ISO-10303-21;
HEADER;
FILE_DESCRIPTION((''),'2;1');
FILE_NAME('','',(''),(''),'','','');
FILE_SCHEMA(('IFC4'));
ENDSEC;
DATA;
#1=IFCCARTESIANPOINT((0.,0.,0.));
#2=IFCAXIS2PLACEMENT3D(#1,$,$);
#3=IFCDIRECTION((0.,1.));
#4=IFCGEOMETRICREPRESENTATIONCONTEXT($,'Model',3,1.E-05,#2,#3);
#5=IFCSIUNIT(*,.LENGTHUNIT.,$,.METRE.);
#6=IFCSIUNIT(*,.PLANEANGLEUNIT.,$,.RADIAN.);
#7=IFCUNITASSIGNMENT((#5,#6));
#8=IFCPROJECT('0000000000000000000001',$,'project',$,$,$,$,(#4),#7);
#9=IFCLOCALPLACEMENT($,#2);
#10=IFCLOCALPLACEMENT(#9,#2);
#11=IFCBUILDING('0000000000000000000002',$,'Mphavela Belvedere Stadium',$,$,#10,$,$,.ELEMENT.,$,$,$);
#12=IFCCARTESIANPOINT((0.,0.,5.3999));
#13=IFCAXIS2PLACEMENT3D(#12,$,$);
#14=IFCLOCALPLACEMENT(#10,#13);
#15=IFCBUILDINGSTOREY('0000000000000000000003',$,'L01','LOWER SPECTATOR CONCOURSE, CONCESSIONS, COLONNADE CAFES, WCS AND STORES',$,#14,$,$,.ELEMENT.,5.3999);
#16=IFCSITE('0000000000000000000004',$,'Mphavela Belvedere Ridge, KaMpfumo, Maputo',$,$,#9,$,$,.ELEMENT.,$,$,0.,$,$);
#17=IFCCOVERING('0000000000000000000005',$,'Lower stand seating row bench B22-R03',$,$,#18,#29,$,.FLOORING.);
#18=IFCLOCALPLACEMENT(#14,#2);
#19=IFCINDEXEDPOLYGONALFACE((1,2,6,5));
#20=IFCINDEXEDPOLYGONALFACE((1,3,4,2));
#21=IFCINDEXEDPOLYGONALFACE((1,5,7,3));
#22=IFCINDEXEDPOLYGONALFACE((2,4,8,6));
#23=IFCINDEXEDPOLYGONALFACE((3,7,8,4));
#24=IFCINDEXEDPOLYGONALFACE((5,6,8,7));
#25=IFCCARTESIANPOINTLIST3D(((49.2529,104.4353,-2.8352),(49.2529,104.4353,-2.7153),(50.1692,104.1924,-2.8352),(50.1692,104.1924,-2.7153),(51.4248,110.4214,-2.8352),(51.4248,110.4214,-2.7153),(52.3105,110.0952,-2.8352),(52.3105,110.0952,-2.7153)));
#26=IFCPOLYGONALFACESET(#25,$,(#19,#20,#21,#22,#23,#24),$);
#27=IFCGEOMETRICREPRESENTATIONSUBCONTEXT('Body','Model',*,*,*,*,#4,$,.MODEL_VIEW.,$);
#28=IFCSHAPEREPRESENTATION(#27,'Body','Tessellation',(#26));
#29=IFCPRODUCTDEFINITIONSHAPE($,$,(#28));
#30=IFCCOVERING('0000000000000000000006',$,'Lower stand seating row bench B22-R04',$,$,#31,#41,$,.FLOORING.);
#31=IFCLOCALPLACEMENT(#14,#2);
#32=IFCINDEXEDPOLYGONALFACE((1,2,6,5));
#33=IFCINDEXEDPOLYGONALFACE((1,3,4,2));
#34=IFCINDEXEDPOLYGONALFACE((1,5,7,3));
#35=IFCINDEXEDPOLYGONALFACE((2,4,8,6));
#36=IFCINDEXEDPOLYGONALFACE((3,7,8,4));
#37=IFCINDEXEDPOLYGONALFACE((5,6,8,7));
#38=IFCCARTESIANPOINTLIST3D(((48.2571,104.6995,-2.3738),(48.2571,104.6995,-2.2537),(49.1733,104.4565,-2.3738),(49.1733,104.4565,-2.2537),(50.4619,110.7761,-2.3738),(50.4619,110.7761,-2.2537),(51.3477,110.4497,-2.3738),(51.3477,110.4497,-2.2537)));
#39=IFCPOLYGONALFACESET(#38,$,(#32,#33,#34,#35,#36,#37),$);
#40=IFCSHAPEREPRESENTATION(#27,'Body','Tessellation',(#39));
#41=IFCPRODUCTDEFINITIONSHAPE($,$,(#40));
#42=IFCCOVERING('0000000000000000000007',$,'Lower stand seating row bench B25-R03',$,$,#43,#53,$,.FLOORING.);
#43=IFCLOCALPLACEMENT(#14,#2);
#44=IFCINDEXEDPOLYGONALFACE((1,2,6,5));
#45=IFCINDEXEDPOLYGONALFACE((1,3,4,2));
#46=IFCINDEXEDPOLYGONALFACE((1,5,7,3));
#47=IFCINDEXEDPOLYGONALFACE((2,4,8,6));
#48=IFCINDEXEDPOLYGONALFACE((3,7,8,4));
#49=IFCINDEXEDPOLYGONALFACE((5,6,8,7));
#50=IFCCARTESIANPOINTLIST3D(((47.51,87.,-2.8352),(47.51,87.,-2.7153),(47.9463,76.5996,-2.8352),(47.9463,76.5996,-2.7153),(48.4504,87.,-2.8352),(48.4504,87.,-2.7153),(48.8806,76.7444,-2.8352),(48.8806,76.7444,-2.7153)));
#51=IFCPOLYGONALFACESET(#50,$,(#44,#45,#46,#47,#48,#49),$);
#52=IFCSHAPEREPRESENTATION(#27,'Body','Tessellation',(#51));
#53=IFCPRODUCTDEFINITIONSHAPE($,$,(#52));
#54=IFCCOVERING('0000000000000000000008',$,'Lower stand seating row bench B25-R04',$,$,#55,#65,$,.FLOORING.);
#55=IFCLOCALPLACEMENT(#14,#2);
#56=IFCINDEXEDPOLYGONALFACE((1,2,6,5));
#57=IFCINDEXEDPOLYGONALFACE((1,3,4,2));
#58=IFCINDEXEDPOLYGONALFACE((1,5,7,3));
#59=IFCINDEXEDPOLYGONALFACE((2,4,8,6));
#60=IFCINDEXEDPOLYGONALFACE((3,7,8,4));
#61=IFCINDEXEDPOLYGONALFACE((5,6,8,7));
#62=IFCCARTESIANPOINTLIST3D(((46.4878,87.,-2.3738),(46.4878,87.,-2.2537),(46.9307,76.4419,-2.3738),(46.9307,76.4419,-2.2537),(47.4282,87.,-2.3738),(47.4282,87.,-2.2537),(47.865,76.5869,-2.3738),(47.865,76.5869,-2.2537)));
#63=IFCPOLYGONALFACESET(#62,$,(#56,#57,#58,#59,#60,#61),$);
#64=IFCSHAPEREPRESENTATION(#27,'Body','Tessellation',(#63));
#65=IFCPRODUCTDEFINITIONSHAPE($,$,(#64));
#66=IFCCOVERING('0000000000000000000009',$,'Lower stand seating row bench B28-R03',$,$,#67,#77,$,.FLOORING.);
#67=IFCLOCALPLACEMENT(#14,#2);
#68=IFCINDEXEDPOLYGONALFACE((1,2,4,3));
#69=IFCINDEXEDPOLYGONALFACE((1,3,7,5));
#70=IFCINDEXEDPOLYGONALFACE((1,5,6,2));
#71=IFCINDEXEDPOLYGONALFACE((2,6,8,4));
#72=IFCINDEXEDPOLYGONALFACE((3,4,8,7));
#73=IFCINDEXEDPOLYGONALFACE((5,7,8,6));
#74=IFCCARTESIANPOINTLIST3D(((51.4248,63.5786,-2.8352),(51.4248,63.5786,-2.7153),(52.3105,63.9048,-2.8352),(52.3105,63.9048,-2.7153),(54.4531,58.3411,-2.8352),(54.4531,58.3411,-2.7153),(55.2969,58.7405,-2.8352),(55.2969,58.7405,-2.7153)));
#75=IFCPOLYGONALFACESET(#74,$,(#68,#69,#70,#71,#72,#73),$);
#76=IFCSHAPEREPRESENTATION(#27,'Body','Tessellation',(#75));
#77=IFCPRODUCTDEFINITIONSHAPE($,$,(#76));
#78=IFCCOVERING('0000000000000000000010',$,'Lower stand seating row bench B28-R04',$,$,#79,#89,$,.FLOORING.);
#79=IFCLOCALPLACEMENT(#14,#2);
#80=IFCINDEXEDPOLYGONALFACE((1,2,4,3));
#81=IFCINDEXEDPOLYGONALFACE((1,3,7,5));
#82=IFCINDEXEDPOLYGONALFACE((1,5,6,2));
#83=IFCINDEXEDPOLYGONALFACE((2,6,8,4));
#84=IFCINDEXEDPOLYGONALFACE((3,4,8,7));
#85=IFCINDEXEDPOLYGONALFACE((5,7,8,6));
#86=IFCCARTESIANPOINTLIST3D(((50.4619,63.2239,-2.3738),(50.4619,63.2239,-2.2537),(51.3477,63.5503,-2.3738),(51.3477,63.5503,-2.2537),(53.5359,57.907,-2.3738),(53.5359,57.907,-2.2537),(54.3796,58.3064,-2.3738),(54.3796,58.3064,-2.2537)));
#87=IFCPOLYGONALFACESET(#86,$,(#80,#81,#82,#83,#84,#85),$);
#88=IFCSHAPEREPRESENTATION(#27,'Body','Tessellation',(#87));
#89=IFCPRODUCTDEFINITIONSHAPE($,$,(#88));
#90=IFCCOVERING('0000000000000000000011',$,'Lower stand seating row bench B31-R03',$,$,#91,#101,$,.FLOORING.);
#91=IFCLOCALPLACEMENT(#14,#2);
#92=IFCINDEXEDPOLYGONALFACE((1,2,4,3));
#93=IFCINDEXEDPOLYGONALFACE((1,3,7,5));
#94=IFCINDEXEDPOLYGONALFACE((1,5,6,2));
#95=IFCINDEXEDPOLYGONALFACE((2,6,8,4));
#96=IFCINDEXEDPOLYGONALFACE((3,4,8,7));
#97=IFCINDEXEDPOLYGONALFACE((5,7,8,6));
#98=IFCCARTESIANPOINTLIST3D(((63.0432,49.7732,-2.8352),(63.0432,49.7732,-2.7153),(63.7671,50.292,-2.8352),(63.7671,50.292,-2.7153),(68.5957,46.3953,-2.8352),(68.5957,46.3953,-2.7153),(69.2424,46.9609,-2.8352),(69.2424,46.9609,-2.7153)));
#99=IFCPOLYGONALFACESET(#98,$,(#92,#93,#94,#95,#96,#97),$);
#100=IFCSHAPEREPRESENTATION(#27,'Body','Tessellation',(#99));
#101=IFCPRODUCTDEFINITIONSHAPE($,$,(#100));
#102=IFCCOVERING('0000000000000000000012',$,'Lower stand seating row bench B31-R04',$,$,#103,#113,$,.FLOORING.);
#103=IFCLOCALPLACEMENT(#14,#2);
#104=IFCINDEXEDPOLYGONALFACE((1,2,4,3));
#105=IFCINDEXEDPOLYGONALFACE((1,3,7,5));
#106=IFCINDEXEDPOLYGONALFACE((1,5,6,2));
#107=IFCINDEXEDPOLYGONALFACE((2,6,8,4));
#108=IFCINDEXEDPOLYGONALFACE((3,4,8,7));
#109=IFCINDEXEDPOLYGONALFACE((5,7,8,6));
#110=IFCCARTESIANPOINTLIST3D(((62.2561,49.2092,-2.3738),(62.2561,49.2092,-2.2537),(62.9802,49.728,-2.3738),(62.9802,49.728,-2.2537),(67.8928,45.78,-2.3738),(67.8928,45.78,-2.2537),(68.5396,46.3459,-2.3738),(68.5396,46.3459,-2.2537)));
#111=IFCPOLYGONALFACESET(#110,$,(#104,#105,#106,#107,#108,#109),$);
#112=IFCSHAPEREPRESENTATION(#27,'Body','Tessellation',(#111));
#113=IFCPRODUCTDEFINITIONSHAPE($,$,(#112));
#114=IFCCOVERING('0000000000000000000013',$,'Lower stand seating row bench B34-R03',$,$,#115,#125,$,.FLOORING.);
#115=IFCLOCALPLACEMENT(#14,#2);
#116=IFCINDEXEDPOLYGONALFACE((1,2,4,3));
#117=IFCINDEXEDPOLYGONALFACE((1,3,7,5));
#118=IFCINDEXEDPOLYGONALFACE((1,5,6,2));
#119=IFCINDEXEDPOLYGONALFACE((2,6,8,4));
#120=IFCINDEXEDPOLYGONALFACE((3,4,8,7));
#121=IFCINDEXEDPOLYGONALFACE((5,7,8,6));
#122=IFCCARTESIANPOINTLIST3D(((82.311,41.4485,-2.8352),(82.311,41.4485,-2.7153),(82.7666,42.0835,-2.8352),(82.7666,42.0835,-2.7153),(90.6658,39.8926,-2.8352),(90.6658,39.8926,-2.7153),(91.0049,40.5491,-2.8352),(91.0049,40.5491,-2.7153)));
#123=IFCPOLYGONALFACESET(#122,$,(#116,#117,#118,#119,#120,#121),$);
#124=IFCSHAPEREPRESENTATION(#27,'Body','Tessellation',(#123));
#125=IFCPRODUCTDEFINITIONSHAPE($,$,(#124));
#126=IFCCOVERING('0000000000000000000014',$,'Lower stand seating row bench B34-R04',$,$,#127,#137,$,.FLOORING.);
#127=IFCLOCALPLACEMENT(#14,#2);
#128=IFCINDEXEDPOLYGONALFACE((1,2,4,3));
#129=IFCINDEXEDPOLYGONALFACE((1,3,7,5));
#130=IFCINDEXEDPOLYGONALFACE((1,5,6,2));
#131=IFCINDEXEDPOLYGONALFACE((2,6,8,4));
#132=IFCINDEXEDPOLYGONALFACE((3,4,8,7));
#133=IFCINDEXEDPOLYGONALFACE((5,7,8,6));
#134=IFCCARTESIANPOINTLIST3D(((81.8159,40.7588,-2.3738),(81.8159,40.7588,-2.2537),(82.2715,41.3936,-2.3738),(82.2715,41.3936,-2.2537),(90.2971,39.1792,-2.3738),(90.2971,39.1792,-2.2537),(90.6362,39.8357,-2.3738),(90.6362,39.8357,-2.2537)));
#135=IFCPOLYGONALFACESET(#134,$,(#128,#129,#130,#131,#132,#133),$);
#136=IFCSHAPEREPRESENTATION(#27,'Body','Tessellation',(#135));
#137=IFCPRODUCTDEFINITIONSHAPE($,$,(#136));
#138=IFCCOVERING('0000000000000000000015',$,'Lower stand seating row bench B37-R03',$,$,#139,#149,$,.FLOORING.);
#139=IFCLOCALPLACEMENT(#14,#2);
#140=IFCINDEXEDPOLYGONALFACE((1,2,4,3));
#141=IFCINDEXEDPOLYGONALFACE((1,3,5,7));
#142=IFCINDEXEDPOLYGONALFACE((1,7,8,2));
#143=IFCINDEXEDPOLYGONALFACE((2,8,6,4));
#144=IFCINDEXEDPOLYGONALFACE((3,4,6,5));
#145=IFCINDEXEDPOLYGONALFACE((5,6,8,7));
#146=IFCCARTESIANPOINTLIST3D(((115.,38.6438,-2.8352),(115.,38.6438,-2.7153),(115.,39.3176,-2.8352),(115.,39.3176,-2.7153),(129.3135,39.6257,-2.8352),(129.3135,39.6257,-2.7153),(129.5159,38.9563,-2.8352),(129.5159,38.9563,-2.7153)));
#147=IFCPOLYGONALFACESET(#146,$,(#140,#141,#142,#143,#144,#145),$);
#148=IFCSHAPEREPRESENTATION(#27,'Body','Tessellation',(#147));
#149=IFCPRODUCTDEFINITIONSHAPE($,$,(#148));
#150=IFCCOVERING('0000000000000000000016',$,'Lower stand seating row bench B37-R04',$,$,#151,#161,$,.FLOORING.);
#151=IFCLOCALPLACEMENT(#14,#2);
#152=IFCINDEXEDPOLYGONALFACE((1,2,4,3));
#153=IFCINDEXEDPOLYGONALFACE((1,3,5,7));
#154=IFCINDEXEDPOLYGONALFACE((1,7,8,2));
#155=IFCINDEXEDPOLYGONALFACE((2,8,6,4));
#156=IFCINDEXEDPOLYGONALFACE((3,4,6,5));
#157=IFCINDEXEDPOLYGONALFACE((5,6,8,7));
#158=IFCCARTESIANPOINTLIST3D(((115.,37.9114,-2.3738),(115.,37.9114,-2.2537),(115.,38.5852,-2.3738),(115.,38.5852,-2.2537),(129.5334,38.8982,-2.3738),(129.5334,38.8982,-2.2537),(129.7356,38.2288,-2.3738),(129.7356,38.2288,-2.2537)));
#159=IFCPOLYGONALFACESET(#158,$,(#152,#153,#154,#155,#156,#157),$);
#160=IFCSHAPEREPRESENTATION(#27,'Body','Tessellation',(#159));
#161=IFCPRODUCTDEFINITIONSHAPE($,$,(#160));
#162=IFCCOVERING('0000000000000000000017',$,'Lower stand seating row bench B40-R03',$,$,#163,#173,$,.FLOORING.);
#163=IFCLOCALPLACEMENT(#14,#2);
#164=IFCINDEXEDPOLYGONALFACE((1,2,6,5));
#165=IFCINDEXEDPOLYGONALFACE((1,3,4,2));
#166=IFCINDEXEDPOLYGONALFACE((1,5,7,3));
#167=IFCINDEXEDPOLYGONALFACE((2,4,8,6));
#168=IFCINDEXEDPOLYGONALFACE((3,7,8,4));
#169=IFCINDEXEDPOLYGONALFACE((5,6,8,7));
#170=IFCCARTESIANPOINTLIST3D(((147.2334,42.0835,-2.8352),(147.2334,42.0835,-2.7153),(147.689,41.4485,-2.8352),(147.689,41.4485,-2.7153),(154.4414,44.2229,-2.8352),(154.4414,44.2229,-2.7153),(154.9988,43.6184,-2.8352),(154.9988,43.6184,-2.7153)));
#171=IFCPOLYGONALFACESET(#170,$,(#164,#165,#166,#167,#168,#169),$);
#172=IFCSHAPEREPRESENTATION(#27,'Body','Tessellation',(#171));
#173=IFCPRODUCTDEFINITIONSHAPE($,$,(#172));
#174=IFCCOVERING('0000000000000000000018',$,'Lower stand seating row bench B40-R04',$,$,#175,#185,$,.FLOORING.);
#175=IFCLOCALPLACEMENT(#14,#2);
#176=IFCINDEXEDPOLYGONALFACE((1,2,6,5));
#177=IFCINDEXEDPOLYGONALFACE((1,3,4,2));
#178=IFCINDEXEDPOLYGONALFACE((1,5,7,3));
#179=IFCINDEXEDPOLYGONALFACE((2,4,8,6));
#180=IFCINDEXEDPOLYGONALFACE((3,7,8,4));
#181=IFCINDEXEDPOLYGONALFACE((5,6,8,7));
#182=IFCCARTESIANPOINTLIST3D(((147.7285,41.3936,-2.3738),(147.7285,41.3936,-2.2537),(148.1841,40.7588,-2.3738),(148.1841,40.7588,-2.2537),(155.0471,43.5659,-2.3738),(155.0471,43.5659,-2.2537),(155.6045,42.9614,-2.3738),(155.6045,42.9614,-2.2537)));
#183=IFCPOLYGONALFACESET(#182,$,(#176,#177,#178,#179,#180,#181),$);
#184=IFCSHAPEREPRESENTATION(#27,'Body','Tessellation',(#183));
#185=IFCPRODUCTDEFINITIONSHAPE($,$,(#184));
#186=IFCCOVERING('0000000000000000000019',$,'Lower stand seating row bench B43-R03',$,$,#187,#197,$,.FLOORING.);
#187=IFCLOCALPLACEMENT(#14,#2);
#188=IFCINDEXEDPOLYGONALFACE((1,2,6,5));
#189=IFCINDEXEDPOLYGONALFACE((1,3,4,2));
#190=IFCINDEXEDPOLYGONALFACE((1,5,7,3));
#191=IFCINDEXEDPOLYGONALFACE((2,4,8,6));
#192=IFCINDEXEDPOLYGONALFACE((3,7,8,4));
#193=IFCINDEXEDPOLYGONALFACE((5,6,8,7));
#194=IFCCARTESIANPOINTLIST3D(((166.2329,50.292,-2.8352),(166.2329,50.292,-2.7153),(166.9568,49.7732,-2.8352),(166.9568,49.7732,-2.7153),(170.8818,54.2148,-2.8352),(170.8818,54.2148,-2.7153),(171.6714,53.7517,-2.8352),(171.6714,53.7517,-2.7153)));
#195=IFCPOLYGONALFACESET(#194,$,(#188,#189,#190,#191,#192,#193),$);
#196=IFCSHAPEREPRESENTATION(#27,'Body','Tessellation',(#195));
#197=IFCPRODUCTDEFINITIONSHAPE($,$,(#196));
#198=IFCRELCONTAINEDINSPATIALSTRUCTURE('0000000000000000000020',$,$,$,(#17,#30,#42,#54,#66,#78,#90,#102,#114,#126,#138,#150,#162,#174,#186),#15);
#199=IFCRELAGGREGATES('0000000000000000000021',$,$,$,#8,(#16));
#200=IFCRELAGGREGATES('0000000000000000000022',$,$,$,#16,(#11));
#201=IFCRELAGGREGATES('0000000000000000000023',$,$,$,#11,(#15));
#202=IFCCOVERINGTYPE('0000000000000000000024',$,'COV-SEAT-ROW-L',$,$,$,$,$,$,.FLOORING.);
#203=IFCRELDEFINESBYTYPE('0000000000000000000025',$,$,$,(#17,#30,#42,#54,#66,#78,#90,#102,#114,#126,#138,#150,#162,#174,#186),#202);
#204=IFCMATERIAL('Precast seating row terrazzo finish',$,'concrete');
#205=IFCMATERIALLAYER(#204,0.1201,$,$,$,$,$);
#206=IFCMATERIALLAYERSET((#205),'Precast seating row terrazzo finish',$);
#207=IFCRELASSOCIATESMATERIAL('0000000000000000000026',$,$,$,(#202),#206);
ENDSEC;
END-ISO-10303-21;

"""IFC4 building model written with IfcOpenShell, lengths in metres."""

from ifc_helpers import new_model, si_unit, direction, frame, origin, place, context, subcontext, project, spatial, polyline, outline, extrude, material, layer, layer_set, type_object, element, save


model = new_model("IFC4")

# Units and contexts
model_context = context("Model", 3, precision=1e-05, world=origin(), true_north=direction((0.0, 1.0)))
body_context = subcontext(model_context, "Body", "Model", "MODEL_VIEW")
ifc_project = project(units=[si_unit("LENGTHUNIT", "METRE"), si_unit("PLANEANGLEUNIT", "RADIAN")], contexts=[model_context])

# Site, building, storey
site_placement = place(None, origin())
site = spatial("IfcSite", under=ifc_project, at=site_placement, Name="Mphavela Belvedere Ridge, KaMpfumo, Maputo", CompositionType="ELEMENT", RefElevation=0.0)
building_placement = place(site_placement, origin())
building = spatial("IfcBuilding", under=site, at=building_placement, Name="Mphavela Belvedere Stadium", CompositionType="ELEMENT")
storey_placement = place(building_placement, frame((0.0, 0.0, 5.3999)))
storey = spatial("IfcBuildingStorey", under=building, at=storey_placement, Name="L01", Description="LOWER SPECTATOR CONCOURSE, CONCESSIONS, COLONNADE CAFES, WCS AND STORES", CompositionType="ELEMENT", Elevation=5.3999)

# Coverings
ifc_material = material(Name="Precast seating row terrazzo finish", Category="concrete")
ifc_layer = layer(ifc_material, 0.1201)
ifc_layer_set = layer_set([ifc_layer], Name="Precast seating row terrazzo finish")
covering_type = type_object("IfcCoveringType", Name="COV-SEAT-ROW-L", PredefinedType="FLOORING", material=ifc_layer_set)
covering_1_placement = place(storey_placement, frame((0.0, 0.0, -2.8352)))
element("IfcCovering", 1, at=covering_1_placement, inside=storey, type_object=covering_type, Name="Lower stand seating row bench B22-R03", PredefinedType="FLOORING", context=body_context, shape_type="SweptSolid", body=[
    extrude(outline(polyline([(52.3105, 110.0952), (50.1692, 104.1924), (49.2529, 104.4353), (51.4248, 110.4214), (52.3105, 110.0952)])), origin(), (0.0, 0.0, 1.0), 0.1199),
])
covering_2_placement = place(storey_placement, frame((0.0, 0.0, -2.3738)))
element("IfcCovering", 2, at=covering_2_placement, inside=storey, type_object=covering_type, Name="Lower stand seating row bench B22-R04", PredefinedType="FLOORING", context=body_context, shape_type="SweptSolid", body=[
    extrude(outline(polyline([(51.3477, 110.4497), (49.1733, 104.4565), (48.2571, 104.6995), (50.4619, 110.7761), (51.3477, 110.4497)])), origin(), (0.0, 0.0, 1.0), 0.1201),
])
covering_3_placement = place(storey_placement, frame((0.0, 0.0, -2.8352)))
element("IfcCovering", 3, at=covering_3_placement, inside=storey, type_object=covering_type, Name="Lower stand seating row bench B25-R03", PredefinedType="FLOORING", context=body_context, shape_type="SweptSolid", body=[
    extrude(outline(polyline([(48.4504, 87.0), (48.8806, 76.7444), (47.9463, 76.5996), (47.51, 87.0), (48.4504, 87.0)])), origin(), (0.0, 0.0, 1.0), 0.1199),
])
covering_4_placement = place(storey_placement, frame((0.0, 0.0, -2.3738)))
element("IfcCovering", 4, at=covering_4_placement, inside=storey, type_object=covering_type, Name="Lower stand seating row bench B25-R04", PredefinedType="FLOORING", context=body_context, shape_type="SweptSolid", body=[
    extrude(outline(polyline([(47.4282, 87.0), (47.865, 76.5869), (46.9307, 76.4419), (46.4878, 87.0), (47.4282, 87.0)])), origin(), (0.0, 0.0, 1.0), 0.1201),
])
covering_5_placement = place(storey_placement, frame((0.0, 0.0, -2.8352)))
element("IfcCovering", 5, at=covering_5_placement, inside=storey, type_object=covering_type, Name="Lower stand seating row bench B28-R03", PredefinedType="FLOORING", context=body_context, shape_type="SweptSolid", body=[
    extrude(outline(polyline([(52.3105, 63.9048), (55.2969, 58.7405), (54.4531, 58.3411), (51.4248, 63.5786), (52.3105, 63.9048)])), origin(), (0.0, 0.0, 1.0), 0.1199),
])
covering_6_placement = place(storey_placement, frame((0.0, 0.0, -2.3738)))
element("IfcCovering", 6, at=covering_6_placement, inside=storey, type_object=covering_type, Name="Lower stand seating row bench B28-R04", PredefinedType="FLOORING", context=body_context, shape_type="SweptSolid", body=[
    extrude(outline(polyline([(51.3477, 63.5503), (54.3796, 58.3064), (53.5359, 57.907), (50.4619, 63.2239), (51.3477, 63.5503)])), origin(), (0.0, 0.0, 1.0), 0.1201),
])
covering_7_placement = place(storey_placement, frame((0.0, 0.0, -2.8352)))
element("IfcCovering", 7, at=covering_7_placement, inside=storey, type_object=covering_type, Name="Lower stand seating row bench B31-R03", PredefinedType="FLOORING", context=body_context, shape_type="SweptSolid", body=[
    extrude(outline(polyline([(63.7671, 50.292), (69.2424, 46.9609), (68.5957, 46.3953), (63.0432, 49.7732), (63.7671, 50.292)])), origin(), (0.0, 0.0, 1.0), 0.1199),
])
covering_8_placement = place(storey_placement, frame((0.0, 0.0, -2.3738)))
element("IfcCovering", 8, at=covering_8_placement, inside=storey, type_object=covering_type, Name="Lower stand seating row bench B31-R04", PredefinedType="FLOORING", context=body_context, shape_type="SweptSolid", body=[
    extrude(outline(polyline([(62.9802, 49.728), (68.5396, 46.3459), (67.8928, 45.78), (62.2561, 49.2092), (62.9802, 49.728)])), origin(), (0.0, 0.0, 1.0), 0.1201),
])
covering_9_placement = place(storey_placement, frame((0.0, 0.0, -2.8352)))
element("IfcCovering", 9, at=covering_9_placement, inside=storey, type_object=covering_type, Name="Lower stand seating row bench B34-R03", PredefinedType="FLOORING", context=body_context, shape_type="SweptSolid", body=[
    extrude(outline(polyline([(82.7666, 42.0835), (91.0049, 40.5491), (90.6658, 39.8926), (82.311, 41.4485), (82.7666, 42.0835)])), origin(), (0.0, 0.0, 1.0), 0.1199),
])
covering_10_placement = place(storey_placement, frame((0.0, 0.0, -2.3738)))
element("IfcCovering", 10, at=covering_10_placement, inside=storey, type_object=covering_type, Name="Lower stand seating row bench B34-R04", PredefinedType="FLOORING", context=body_context, shape_type="SweptSolid", body=[
    extrude(outline(polyline([(82.2715, 41.3936), (90.6362, 39.8357), (90.2971, 39.1792), (81.8159, 40.7588), (82.2715, 41.3936)])), origin(), (0.0, 0.0, 1.0), 0.1201),
])
covering_11_placement = place(storey_placement, frame((0.0, 0.0, -2.8352)))
element("IfcCovering", 11, at=covering_11_placement, inside=storey, type_object=covering_type, Name="Lower stand seating row bench B37-R03", PredefinedType="FLOORING", context=body_context, shape_type="SweptSolid", body=[
    extrude(outline(polyline([(115.0, 39.3176), (129.3135, 39.6257), (129.5159, 38.9563), (115.0, 38.6438), (115.0, 39.3176)])), origin(), (0.0, 0.0, 1.0), 0.1199),
])
covering_12_placement = place(storey_placement, frame((0.0, 0.0, -2.3738)))
element("IfcCovering", 12, at=covering_12_placement, inside=storey, type_object=covering_type, Name="Lower stand seating row bench B37-R04", PredefinedType="FLOORING", context=body_context, shape_type="SweptSolid", body=[
    extrude(outline(polyline([(115.0, 38.5852), (129.5334, 38.8982), (129.7356, 38.2288), (115.0, 37.9114), (115.0, 38.5852)])), origin(), (0.0, 0.0, 1.0), 0.1201),
])
covering_13_placement = place(storey_placement, frame((0.0, 0.0, -2.8352)))
element("IfcCovering", 13, at=covering_13_placement, inside=storey, type_object=covering_type, Name="Lower stand seating row bench B40-R03", PredefinedType="FLOORING", context=body_context, shape_type="SweptSolid", body=[
    extrude(outline(polyline([(147.2334, 42.0835), (154.4414, 44.2229), (154.9988, 43.6184), (147.689, 41.4485), (147.2334, 42.0835)])), origin(), (0.0, 0.0, 1.0), 0.1199),
])
covering_14_placement = place(storey_placement, frame((0.0, 0.0, -2.3738)))
element("IfcCovering", 14, at=covering_14_placement, inside=storey, type_object=covering_type, Name="Lower stand seating row bench B40-R04", PredefinedType="FLOORING", context=body_context, shape_type="SweptSolid", body=[
    extrude(outline(polyline([(147.7285, 41.3936), (155.0471, 43.5659), (155.6045, 42.9614), (148.1841, 40.7588), (147.7285, 41.3936)])), origin(), (0.0, 0.0, 1.0), 0.1201),
])
covering_15_placement = place(storey_placement, frame((0.0, 0.0, -2.8352)))
element("IfcCovering", 15, at=covering_15_placement, inside=storey, type_object=covering_type, Name="Lower stand seating row bench B43-R03", PredefinedType="FLOORING", context=body_context, shape_type="SweptSolid", body=[
    extrude(outline(polyline([(166.2329, 50.292), (170.8818, 54.2148), (171.6714, 53.7517), (166.9568, 49.7732), (166.2329, 50.292)])), origin(), (0.0, 0.0, 1.0), 0.1199),
])

save(model, "model.ifc")
